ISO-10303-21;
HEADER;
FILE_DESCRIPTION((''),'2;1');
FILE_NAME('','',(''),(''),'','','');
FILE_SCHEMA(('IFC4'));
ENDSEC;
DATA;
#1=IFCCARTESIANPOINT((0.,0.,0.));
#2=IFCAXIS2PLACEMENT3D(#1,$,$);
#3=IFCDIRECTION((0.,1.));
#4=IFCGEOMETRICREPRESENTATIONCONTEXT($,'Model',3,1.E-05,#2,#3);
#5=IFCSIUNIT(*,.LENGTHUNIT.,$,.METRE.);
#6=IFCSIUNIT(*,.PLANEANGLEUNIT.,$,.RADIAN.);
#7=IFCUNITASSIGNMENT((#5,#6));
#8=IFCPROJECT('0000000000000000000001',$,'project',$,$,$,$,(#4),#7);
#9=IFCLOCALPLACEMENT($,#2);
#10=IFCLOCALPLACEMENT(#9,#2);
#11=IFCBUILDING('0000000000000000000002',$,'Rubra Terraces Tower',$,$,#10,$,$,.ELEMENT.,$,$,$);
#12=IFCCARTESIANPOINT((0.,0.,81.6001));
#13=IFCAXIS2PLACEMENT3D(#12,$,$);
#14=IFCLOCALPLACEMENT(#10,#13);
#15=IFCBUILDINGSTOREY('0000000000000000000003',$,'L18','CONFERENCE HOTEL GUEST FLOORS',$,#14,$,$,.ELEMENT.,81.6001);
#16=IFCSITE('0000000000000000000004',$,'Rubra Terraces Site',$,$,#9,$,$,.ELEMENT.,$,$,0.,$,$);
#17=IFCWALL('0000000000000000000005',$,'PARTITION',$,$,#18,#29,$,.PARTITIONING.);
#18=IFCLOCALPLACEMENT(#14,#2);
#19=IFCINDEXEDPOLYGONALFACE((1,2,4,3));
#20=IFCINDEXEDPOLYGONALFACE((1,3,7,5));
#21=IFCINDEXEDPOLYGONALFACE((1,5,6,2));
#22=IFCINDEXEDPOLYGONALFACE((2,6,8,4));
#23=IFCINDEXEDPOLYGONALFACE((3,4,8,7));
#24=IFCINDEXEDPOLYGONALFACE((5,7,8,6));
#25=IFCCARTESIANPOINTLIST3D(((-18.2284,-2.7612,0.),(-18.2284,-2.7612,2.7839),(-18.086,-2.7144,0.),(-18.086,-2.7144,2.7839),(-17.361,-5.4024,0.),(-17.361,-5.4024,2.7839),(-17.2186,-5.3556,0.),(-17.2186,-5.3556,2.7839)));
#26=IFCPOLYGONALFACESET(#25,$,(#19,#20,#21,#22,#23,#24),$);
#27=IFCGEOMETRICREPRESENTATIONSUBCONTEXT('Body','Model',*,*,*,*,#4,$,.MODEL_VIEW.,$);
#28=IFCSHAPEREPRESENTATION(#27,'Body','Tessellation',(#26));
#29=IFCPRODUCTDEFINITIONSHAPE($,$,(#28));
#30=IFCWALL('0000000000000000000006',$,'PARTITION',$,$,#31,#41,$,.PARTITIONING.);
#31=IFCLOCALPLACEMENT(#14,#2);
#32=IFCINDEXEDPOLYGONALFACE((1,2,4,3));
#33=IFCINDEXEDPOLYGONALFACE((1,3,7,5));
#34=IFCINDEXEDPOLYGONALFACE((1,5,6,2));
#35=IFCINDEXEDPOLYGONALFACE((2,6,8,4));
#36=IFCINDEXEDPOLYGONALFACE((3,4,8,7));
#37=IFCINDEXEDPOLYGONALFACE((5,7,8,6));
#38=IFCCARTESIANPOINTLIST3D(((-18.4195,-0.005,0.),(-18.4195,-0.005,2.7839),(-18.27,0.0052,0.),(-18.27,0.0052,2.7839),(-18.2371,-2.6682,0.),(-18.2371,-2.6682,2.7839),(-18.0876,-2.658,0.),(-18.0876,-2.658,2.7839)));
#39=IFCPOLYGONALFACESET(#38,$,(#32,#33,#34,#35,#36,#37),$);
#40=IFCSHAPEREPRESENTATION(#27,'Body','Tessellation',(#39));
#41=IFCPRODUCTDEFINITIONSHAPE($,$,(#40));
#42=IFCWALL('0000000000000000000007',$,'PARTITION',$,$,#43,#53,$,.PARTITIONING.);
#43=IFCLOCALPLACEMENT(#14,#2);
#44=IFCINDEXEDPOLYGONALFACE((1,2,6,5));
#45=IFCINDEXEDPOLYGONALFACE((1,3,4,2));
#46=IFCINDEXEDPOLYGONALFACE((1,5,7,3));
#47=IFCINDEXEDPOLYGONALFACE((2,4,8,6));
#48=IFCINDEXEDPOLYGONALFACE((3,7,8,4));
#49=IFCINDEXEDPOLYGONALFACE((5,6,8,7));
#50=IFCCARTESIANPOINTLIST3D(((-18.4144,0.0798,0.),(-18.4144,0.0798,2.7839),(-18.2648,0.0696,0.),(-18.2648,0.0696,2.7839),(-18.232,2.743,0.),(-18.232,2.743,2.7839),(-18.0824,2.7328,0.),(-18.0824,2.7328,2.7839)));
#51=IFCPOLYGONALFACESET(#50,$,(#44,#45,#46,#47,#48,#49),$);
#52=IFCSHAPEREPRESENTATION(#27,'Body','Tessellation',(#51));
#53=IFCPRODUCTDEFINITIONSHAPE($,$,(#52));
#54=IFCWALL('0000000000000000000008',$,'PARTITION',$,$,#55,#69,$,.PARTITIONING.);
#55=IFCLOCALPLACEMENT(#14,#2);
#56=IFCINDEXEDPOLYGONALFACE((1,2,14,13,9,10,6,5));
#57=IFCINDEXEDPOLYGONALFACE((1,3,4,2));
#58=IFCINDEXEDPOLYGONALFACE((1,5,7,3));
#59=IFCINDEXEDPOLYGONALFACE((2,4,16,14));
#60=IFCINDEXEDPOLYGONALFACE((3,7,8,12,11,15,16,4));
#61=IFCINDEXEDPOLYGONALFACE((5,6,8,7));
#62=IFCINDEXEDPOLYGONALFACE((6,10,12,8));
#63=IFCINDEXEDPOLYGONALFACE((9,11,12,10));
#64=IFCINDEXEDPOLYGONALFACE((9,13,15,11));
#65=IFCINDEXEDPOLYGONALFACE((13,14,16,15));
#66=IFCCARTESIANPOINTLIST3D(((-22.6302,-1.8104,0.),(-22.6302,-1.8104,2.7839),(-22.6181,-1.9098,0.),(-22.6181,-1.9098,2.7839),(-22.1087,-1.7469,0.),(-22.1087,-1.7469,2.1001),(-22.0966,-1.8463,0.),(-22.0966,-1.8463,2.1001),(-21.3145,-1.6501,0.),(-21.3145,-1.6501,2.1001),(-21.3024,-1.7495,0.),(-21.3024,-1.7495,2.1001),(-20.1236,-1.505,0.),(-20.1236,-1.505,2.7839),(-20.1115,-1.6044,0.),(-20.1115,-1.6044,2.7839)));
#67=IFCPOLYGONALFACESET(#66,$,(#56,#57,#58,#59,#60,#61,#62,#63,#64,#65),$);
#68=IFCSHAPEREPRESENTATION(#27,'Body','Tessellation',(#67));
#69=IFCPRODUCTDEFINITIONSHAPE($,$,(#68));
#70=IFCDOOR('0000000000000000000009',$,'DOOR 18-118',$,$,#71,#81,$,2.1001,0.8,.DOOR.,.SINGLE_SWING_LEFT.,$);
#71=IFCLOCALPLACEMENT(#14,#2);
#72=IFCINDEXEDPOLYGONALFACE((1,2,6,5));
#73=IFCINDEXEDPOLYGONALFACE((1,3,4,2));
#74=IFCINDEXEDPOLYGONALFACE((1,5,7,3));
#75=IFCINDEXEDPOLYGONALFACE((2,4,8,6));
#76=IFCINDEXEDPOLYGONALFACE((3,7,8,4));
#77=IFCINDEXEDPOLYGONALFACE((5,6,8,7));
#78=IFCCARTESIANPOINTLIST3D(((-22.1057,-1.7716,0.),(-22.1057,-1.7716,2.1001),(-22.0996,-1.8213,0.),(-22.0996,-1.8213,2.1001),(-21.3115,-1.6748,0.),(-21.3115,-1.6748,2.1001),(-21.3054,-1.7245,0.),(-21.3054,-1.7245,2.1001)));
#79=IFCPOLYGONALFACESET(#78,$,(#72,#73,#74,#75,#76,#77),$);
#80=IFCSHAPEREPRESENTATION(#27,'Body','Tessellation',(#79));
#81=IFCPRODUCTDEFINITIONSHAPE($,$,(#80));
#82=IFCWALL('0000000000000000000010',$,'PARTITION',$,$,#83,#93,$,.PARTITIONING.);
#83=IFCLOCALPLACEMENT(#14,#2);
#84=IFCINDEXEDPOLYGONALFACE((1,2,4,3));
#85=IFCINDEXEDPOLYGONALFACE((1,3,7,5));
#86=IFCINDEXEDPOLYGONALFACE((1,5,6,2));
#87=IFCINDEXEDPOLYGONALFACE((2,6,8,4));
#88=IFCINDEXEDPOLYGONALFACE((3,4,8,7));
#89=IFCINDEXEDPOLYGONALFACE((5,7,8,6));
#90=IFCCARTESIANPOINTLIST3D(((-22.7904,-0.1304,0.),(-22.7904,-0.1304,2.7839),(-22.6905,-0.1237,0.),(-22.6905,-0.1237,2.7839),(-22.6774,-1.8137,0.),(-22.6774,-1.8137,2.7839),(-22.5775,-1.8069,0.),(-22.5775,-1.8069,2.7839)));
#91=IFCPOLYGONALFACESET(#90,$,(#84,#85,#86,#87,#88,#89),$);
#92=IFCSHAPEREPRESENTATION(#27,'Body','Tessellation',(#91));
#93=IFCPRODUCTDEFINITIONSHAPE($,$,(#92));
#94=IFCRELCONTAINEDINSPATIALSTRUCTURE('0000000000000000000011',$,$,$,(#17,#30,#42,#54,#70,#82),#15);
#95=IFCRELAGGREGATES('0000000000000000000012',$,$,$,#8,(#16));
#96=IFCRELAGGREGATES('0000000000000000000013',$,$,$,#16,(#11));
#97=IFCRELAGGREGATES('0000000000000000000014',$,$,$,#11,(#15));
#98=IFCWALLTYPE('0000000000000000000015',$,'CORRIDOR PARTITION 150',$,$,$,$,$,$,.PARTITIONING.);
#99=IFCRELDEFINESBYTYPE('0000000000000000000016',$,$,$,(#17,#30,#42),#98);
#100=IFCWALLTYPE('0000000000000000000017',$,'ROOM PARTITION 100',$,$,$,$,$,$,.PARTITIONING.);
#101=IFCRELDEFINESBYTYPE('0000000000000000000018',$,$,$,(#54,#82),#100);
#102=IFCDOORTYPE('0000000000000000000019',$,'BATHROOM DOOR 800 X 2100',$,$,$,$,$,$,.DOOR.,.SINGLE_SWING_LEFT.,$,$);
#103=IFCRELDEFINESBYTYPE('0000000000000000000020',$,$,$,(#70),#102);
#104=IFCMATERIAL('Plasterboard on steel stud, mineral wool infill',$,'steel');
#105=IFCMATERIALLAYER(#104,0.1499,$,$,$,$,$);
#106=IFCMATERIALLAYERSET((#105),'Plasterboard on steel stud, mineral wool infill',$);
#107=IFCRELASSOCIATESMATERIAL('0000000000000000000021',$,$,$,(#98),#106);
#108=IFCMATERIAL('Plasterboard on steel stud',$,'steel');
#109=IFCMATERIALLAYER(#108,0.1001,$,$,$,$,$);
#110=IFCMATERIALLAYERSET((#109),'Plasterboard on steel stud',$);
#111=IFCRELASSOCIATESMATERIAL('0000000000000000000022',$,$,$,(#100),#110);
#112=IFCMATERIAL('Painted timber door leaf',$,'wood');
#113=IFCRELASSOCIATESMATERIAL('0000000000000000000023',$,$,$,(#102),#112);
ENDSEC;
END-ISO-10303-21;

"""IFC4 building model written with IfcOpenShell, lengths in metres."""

from ifc_helpers import new_model, si_unit, direction, frame, frame_2d, origin, place, context, subcontext, project, spatial, rectangle, extrude, material, layer, layer_set, type_object, element, fill, save


model = new_model("IFC4")

# Units and contexts
model_context = context("Model", 3, precision=1e-05, world=origin(), true_north=direction((0.0, 1.0)))
body_context = subcontext(model_context, "Body", "Model", "MODEL_VIEW")
ifc_project = project(units=[si_unit("LENGTHUNIT", "METRE"), si_unit("PLANEANGLEUNIT", "RADIAN")], contexts=[model_context])

# Site, building, storey
site_placement = place(None, origin())
site = spatial("IfcSite", under=ifc_project, at=site_placement, Name="Rubra Terraces Site", CompositionType="ELEMENT", RefElevation=0.0)
building_placement = place(site_placement, origin())
building = spatial("IfcBuilding", under=site, at=building_placement, Name="Rubra Terraces Tower", CompositionType="ELEMENT")
storey_placement = place(building_placement, frame((0.0, 0.0, 81.6001)))
storey = spatial("IfcBuildingStorey", under=building, at=storey_placement, Name="L18", Description="CONFERENCE HOTEL GUEST FLOORS", CompositionType="ELEMENT", Elevation=81.6001)

# Shared definitions
ifc_material_1 = material(Name="Plasterboard on steel stud, mineral wool infill", Category="steel")
ifc_layer_1 = layer(ifc_material_1, 0.1499)
ifc_layer_set_1 = layer_set([ifc_layer_1], Name="Plasterboard on steel stud, mineral wool infill")
wall_type_1 = type_object("IfcWallType", Name="CORRIDOR PARTITION 150", PredefinedType="PARTITIONING", material=ifc_layer_set_1)

# Shared definitions
ifc_material_2 = material(Name="Painted timber door leaf", Category="wood")

# Walls
wall_1_placement = place(storey_placement, frame((-17.2898, -5.3792, 0.0), z_axis=(0.0, 0.0, 1.0), x_axis=(-0.312009, 0.950079, 0.0)))
element("IfcWall", 1, at=wall_1_placement, inside=storey, type_object=wall_type_1, Name="PARTITION", PredefinedType="PARTITIONING", context=body_context, shape_type="SweptSolid", body=[
    extrude(rectangle(XDim=2.78, YDim=0.1499, at=frame_2d((1.3901, 0.0))), origin(), (0.0, 0.0, 1.0), 2.7839),
])
for number, where, z_axis, x_axis, name in (
    (2, (-18.1624, -2.6631, 0.0), (0.0, 0.0, 1.0), (-0.068322, 0.997663, 0.0), "PARTITION"),
    (3, (-18.3396, 0.0747, 0.0), (0.0, 0.0, 1.0), (0.068322, 0.997663, 0.0), "PARTITION"),
):
    element("IfcWall", number, at=place(storey_placement, frame(where, z_axis=z_axis, x_axis=x_axis)), inside=storey, type_object=wall_type_1, Name=name, PredefinedType="PARTITIONING", context=body_context, shape_type="SweptSolid", body=[
        extrude(rectangle(XDim=2.6694, YDim=0.1499, at=frame_2d((1.3347, 0.0))), origin(), (0.0, 0.0, 1.0), 2.7839),
    ])

# Wall, opening, door
ifc_material_3 = material(Name="Plasterboard on steel stud", Category="steel")
ifc_layer_2 = layer(ifc_material_3, 0.1001)
ifc_layer_set_2 = layer_set([ifc_layer_2], Name="Plasterboard on steel stud")
wall_type_2 = type_object("IfcWallType", Name="ROOM PARTITION 100", PredefinedType="PARTITIONING", material=ifc_layer_set_2)
wall_2_placement = place(storey_placement, frame((-20.1174, -1.5547, 0.0), z_axis=(0.0, 0.0, 1.0), x_axis=(-0.992658, -0.120952, 0.0)))
wall_2 = element("IfcWall", 4, at=wall_2_placement, inside=storey, type_object=wall_type_2, Name="PARTITION", PredefinedType="PARTITIONING", context=body_context, shape_type="SweptSolid", body=[
    extrude(rectangle(XDim=2.5251, YDim=0.1001, at=frame_2d((1.2627, 0.0))), origin(), (0.0, 0.0, 1.0), 2.7839),
])
opening_1_placement = place(wall_2_placement, frame((1.2, 0.0, 0.0)))
opening_1 = element("IfcOpeningElement", 5, at=opening_1_placement, cuts=wall_2, PredefinedType="OPENING", context=body_context, shape_type="SweptSolid", body=[
    extrude(rectangle(XDim=0.8, YDim=2.1001, at=frame_2d((0.3999, 1.05))), frame((0.0, 0.0601, 0.0), z_axis=(0.0, -1.0, 0.0), x_axis=(1.0, 0.0, 0.0)), (0.0, 0.0, 1.0), 0.1201),
])
door_type_1 = type_object("IfcDoorType", Name="BATHROOM DOOR 800 X 2100", OperationType="SINGLE_SWING_LEFT", PredefinedType="DOOR", material=ifc_material_2)
door_1_placement = place(opening_1_placement, origin())
door_1 = element("IfcDoor", 6, at=door_1_placement, inside=storey, type_object=door_type_1, Name="DOOR 18-118", OperationType="SINGLE_SWING_LEFT", OverallHeight=2.1001, OverallWidth=0.8, PredefinedType="DOOR", context=body_context, shape_type="SweptSolid", body=[
    extrude(rectangle(XDim=0.8, YDim=2.1001, at=frame_2d((0.3999, 1.05))), frame((0.0, 0.0249, 0.0), z_axis=(0.0, -1.0, 0.0), x_axis=(1.0, 0.0, 0.0)), (0.0, 0.0, 1.0), 0.05),
])
fill(opening_1, door_1)

# Wall
wall_3_placement = place(storey_placement, frame((-22.6274, -1.8103, 0.0), z_axis=(0.0, 0.0, 1.0), x_axis=(-0.067009, 0.997752, 0.0)))
element("IfcWall", 7, at=wall_3_placement, inside=storey, type_object=wall_type_2, Name="PARTITION", PredefinedType="PARTITIONING", context=body_context, shape_type="SweptSolid", body=[
    extrude(rectangle(XDim=1.687, YDim=0.1001, at=frame_2d((0.8435, 0.0))), origin(), (0.0, 0.0, 1.0), 2.7839),
])

save(model, "model.ifc")
